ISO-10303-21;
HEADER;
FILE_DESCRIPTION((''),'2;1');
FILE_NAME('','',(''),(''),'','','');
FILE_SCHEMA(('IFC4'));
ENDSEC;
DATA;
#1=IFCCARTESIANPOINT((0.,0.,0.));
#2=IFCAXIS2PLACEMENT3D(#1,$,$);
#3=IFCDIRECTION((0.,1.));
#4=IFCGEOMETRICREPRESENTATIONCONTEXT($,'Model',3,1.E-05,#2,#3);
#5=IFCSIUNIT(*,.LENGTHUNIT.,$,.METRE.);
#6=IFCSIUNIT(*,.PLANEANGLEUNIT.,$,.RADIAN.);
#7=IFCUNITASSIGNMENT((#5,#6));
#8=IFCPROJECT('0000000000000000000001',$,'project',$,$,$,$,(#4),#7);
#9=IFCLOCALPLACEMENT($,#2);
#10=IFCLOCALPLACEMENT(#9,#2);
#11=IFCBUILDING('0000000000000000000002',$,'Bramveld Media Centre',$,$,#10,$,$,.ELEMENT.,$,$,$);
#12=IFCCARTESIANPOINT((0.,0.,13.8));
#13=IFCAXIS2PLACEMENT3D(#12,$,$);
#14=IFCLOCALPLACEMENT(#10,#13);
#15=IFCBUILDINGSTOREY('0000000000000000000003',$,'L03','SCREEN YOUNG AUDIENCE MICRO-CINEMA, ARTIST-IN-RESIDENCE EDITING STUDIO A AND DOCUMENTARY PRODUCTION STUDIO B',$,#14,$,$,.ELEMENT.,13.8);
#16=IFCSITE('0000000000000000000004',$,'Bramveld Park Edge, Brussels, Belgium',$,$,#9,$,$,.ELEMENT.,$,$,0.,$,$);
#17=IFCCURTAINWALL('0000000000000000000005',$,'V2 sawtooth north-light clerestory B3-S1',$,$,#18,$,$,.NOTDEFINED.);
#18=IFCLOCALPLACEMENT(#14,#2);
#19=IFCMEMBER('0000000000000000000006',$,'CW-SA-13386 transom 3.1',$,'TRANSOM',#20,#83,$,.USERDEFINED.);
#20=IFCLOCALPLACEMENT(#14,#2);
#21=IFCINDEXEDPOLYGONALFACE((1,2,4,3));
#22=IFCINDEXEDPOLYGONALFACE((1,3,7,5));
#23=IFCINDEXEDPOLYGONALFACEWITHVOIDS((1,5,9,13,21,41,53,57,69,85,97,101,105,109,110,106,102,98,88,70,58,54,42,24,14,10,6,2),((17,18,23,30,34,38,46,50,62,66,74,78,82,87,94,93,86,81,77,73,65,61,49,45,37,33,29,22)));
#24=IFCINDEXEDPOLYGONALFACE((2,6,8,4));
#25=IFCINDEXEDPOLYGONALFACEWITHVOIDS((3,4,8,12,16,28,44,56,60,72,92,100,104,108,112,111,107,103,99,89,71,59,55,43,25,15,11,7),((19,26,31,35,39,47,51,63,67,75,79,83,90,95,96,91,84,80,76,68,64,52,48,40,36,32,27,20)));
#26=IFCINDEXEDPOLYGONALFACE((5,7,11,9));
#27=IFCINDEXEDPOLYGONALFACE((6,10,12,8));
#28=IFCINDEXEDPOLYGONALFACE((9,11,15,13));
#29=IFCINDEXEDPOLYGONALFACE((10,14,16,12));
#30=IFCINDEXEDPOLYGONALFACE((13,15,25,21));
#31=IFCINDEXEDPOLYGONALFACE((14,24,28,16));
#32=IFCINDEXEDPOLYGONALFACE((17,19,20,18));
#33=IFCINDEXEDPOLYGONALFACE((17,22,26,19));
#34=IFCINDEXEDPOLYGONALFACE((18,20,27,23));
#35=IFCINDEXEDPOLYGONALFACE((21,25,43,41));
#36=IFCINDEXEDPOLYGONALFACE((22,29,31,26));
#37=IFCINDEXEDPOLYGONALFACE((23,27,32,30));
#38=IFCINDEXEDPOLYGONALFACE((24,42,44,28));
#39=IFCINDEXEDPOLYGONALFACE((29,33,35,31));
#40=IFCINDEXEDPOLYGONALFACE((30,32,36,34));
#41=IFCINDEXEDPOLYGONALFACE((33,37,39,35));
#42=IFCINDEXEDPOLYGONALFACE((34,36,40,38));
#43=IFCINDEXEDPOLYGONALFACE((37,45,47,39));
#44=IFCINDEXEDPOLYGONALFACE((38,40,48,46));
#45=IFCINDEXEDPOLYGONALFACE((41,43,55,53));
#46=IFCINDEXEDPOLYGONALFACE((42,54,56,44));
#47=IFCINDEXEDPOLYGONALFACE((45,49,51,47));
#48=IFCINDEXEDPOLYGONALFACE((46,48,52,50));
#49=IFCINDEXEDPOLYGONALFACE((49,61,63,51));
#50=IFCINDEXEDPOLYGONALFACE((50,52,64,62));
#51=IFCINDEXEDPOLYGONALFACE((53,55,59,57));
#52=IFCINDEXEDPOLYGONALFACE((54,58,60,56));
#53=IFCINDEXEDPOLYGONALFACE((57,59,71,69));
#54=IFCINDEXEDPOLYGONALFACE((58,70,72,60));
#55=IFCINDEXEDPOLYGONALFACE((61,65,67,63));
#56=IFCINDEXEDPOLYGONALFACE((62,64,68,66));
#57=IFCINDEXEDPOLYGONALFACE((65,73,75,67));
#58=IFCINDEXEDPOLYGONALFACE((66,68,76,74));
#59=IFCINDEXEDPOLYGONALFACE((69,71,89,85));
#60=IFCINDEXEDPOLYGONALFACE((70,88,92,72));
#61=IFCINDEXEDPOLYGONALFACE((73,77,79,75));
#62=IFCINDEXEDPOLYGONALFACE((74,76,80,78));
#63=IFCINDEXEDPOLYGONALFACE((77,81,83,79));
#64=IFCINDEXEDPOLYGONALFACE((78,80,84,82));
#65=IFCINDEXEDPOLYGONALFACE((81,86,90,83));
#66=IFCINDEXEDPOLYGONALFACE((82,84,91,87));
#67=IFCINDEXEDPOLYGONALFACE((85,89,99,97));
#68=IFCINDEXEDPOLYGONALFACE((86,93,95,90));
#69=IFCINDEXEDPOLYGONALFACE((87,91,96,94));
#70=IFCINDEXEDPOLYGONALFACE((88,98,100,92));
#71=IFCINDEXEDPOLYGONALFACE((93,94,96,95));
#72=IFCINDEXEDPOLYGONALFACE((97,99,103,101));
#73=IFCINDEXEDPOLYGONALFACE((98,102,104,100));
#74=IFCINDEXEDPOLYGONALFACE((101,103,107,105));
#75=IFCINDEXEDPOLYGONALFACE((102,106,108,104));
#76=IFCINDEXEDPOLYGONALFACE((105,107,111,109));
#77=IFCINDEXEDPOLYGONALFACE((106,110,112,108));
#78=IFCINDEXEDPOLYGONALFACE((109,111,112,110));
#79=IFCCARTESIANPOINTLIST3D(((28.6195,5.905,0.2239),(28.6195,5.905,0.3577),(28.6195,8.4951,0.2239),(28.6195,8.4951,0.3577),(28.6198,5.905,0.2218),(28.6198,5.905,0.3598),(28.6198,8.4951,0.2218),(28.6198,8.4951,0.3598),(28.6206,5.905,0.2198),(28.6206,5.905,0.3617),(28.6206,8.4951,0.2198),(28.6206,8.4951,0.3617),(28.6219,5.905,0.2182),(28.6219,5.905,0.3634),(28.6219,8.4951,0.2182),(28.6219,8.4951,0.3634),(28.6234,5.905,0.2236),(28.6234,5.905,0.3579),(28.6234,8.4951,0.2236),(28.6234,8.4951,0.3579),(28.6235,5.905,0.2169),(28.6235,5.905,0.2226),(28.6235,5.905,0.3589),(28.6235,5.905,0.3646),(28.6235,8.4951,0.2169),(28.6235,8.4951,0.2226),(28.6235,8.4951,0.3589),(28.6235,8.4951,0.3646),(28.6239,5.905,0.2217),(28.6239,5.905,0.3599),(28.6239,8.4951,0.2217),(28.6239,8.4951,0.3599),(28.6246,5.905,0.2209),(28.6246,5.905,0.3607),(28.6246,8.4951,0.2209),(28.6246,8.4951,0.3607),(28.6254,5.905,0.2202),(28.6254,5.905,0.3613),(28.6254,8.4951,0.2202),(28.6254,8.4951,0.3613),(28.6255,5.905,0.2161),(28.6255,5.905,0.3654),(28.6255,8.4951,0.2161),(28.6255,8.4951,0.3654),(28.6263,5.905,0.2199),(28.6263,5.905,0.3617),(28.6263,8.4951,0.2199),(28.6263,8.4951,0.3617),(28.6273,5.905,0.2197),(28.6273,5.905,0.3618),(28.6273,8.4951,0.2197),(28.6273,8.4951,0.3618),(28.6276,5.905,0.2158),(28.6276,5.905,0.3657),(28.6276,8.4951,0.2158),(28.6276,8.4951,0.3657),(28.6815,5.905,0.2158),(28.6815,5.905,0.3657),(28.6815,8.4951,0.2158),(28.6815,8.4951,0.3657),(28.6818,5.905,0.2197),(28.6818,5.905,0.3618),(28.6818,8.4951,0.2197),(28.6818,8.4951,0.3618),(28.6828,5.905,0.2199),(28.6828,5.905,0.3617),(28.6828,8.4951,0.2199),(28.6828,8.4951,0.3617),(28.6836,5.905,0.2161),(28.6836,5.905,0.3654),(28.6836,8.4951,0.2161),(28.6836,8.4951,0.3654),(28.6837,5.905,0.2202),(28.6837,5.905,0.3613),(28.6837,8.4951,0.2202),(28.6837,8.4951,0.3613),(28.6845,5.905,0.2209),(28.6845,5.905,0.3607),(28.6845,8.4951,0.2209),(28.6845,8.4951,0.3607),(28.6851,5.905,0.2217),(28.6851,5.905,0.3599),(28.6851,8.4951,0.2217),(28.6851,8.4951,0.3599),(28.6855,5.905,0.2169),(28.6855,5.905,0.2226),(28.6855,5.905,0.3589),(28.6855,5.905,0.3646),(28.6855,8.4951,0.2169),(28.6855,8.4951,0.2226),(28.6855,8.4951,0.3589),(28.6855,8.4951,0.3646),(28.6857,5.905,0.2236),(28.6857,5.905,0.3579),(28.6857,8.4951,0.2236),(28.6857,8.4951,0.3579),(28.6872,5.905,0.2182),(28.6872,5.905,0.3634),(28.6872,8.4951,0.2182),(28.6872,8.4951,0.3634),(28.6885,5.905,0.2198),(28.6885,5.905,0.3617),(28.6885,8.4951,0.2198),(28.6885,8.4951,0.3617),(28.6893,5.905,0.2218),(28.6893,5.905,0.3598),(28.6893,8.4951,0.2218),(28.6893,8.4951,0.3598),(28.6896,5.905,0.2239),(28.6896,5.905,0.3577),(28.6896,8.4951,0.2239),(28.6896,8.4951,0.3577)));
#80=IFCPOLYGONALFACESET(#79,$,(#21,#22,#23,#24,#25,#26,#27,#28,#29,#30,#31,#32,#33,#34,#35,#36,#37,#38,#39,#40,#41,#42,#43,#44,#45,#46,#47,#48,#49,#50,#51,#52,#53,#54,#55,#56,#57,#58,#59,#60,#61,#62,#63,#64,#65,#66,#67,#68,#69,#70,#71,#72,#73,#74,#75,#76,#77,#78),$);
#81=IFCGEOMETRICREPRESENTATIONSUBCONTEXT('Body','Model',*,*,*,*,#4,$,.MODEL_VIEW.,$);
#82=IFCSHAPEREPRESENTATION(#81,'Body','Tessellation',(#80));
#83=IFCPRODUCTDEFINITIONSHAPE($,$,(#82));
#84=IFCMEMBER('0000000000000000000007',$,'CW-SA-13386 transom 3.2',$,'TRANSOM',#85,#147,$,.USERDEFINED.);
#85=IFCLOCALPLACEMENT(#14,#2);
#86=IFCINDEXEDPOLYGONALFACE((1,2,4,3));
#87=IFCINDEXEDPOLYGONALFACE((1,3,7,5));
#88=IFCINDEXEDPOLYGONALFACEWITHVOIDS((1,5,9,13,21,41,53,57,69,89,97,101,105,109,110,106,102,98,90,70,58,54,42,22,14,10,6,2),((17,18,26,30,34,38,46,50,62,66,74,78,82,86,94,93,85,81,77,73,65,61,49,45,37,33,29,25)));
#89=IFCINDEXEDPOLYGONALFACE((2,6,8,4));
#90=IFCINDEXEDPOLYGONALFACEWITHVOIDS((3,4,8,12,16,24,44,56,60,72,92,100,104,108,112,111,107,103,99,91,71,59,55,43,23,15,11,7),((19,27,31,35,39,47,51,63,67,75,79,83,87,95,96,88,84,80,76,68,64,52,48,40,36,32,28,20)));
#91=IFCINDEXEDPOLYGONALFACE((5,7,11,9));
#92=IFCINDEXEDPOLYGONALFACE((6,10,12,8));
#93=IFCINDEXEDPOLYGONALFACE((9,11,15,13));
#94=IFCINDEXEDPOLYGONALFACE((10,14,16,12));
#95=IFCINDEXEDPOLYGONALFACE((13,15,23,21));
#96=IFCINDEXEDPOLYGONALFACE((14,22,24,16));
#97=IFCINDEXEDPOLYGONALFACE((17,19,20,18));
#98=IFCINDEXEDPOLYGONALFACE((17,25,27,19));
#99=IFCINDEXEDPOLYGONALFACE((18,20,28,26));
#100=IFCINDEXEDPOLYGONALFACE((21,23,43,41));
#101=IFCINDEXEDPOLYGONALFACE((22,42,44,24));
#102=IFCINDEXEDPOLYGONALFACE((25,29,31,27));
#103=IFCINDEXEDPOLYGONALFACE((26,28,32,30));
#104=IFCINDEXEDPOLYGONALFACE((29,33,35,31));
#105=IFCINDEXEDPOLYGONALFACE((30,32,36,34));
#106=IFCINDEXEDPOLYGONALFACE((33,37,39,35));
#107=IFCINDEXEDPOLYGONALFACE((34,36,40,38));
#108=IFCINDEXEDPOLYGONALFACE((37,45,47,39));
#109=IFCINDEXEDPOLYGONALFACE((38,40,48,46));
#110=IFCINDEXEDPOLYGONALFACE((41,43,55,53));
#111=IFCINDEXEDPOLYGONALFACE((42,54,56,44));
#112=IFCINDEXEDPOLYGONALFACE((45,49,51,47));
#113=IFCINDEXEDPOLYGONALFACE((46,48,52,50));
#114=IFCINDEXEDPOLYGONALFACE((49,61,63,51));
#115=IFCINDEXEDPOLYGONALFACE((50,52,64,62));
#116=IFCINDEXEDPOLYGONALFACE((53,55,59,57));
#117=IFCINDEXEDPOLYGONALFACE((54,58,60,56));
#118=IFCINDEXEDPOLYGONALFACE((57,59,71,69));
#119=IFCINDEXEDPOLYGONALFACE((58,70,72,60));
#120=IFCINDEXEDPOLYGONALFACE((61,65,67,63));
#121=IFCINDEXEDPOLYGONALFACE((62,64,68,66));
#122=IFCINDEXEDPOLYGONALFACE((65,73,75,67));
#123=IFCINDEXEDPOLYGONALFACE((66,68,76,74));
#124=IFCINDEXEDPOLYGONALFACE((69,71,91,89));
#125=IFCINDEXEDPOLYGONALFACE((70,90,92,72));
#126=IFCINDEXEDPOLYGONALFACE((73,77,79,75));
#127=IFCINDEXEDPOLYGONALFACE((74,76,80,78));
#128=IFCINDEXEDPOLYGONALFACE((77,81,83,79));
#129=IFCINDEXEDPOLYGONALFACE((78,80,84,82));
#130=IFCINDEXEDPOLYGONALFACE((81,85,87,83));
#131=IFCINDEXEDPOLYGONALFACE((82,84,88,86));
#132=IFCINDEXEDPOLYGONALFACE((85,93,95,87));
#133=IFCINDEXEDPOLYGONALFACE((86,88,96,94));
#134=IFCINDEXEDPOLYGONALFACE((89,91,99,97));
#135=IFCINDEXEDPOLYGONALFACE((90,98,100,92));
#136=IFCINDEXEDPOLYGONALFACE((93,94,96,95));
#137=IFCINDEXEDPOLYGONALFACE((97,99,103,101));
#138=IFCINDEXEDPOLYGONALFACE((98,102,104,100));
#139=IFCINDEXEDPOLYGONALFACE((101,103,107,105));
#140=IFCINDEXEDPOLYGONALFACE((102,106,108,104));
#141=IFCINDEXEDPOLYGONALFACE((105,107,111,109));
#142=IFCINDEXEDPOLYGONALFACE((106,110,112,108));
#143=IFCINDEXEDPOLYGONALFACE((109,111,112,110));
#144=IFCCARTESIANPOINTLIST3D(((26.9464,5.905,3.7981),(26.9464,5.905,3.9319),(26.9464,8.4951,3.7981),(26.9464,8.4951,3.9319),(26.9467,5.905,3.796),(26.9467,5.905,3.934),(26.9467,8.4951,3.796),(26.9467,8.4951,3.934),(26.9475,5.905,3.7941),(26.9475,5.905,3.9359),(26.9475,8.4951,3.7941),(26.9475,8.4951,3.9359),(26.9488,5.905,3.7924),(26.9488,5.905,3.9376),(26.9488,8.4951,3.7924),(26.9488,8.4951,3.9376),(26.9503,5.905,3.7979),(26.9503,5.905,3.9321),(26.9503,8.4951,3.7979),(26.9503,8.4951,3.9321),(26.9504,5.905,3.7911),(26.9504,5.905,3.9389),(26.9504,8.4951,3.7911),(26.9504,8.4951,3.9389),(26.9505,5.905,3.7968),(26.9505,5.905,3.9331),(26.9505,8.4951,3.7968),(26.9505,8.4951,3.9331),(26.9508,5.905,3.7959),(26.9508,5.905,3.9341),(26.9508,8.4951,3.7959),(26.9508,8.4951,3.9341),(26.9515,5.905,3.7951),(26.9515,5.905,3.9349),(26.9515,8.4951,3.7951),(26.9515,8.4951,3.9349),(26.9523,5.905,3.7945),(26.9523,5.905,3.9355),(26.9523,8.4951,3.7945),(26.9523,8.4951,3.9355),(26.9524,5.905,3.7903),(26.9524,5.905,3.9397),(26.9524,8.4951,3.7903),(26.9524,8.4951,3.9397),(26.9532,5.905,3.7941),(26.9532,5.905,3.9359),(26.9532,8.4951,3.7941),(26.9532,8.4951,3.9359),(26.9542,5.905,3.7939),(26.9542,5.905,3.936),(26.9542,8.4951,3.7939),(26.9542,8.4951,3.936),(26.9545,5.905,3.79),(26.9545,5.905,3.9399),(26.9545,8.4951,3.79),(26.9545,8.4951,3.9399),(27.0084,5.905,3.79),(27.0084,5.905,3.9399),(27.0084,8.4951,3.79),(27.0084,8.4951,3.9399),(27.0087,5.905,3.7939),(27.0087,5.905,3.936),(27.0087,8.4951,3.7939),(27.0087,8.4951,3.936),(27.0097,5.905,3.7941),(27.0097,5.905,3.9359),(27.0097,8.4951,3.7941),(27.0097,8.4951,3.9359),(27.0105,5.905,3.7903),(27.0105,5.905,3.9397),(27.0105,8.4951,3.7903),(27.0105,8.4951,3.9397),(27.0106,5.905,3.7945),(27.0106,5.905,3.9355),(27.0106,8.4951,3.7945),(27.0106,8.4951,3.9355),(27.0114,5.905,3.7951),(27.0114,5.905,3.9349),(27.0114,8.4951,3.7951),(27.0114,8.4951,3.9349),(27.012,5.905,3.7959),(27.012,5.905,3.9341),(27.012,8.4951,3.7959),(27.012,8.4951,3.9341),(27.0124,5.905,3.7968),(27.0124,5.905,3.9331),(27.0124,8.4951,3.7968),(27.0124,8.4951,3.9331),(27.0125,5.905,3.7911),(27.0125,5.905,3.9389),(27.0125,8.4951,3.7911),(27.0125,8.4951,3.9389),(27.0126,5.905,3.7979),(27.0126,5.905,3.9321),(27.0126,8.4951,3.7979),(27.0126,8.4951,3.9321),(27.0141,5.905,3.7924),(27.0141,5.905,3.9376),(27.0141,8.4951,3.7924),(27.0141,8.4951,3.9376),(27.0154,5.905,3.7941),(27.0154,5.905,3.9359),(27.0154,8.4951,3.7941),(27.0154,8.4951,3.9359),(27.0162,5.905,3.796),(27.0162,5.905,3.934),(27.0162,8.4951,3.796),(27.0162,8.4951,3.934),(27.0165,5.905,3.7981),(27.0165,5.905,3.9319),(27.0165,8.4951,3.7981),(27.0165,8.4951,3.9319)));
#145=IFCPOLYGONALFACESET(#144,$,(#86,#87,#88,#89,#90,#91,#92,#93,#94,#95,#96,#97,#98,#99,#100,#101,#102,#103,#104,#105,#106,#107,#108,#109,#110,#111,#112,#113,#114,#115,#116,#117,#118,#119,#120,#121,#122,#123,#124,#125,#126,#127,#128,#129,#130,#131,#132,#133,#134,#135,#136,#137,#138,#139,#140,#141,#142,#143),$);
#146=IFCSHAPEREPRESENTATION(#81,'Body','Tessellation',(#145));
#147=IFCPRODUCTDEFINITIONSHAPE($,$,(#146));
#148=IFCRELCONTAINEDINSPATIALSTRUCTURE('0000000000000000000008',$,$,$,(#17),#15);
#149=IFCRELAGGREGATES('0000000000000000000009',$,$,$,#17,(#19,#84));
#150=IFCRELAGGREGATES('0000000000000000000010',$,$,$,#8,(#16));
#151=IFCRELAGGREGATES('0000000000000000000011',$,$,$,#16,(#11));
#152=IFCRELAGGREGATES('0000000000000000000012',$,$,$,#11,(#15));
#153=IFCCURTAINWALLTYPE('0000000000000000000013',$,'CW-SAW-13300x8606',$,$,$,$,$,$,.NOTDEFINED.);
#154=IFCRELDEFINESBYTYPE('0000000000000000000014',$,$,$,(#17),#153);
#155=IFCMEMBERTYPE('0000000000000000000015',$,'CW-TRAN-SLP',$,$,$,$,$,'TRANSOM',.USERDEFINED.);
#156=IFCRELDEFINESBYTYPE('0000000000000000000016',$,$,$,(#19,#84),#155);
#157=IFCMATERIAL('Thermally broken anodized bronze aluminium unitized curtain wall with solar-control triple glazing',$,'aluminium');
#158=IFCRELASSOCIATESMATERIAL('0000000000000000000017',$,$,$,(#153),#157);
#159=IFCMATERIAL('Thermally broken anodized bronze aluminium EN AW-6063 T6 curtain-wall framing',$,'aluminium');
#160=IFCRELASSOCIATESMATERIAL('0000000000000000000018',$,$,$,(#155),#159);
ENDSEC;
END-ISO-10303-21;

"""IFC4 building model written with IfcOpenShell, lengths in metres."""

from ifc_helpers import new_model, si_unit, direction, frame, origin, origin_2d, place, context, subcontext, project, spatial, hollow_rectangle, extrude, material, material_profile, profile_set, type_object, element, aggregate, save


model = new_model("IFC4")

# Units and contexts
model_context = context("Model", 3, precision=1e-05, world=origin(), true_north=direction((0.0, 1.0)))
body_context = subcontext(model_context, "Body", "Model", "MODEL_VIEW")
ifc_project = project(units=[si_unit("LENGTHUNIT", "METRE"), si_unit("PLANEANGLEUNIT", "RADIAN")], contexts=[model_context])

# Site, building, storey
site_placement = place(None, origin())
site = spatial("IfcSite", under=ifc_project, at=site_placement, Name="Bramveld Park Edge, Brussels, Belgium", CompositionType="ELEMENT", RefElevation=0.0)
building_placement = place(site_placement, origin())
building = spatial("IfcBuilding", under=site, at=building_placement, Name="Bramveld Media Centre", CompositionType="ELEMENT")
storey_placement = place(building_placement, frame((0.0, 0.0, 13.8)))
storey = spatial("IfcBuildingStorey", under=building, at=storey_placement, Name="L03", Description="SCREEN YOUNG AUDIENCE MICRO-CINEMA, ARTIST-IN-RESIDENCE EDITING STUDIO A AND DOCUMENTARY PRODUCTION STUDIO B", CompositionType="ELEMENT", Elevation=13.8)

# Curtain wall, members
ifc_material_1 = material(Name="Thermally broken anodized bronze aluminium unitized curtain wall with solar-control triple glazing", Category="aluminium")
curtain_wall_type = type_object("IfcCurtainWallType", Name="CW-SAW-13300x8606", PredefinedType="NOTDEFINED", material=ifc_material_1)
curtain_wall_placement = place(storey_placement, origin())
curtain_wall = element("IfcCurtainWall", 1, at=curtain_wall_placement, inside=storey, type_object=curtain_wall_type, Name="V2 sawtooth north-light clerestory B3-S1", PredefinedType="NOTDEFINED")
ifc_material_2 = material(Name="Thermally broken anodized bronze aluminium EN AW-6063 T6 curtain-wall framing", Category="aluminium")
ifc_material_profile_1 = material_profile(ifc_material_2, hollow_rectangle(XDim=0.0701, YDim=0.1499, WallThickness=0.0039, InnerFilletRadius=0.0039, OuterFilletRadius=0.0081, at=origin_2d()), Name="AL-TRAN 70x150")
ifc_profile_set_1 = profile_set([ifc_material_profile_1], Name="Thermally broken anodized bronze aluminium EN AW-6063 T6 curtain-wall framing")
member_type = type_object("IfcMemberType", Name="CW-TRAN-SLP", ElementType="TRANSOM", PredefinedType="USERDEFINED", material=ifc_profile_set_1)
member_1_placement = place(storey_placement, frame((28.6545, 5.905, 0.2908), z_axis=(0.0, 1.0, 0.0), x_axis=(-1.0, 0.0, 0.0)))
member_1 = element("IfcMember", 2, at=member_1_placement, type_object=member_type, Name="CW-SA-13386 transom 3.1", ObjectType="TRANSOM", PredefinedType="USERDEFINED", context=body_context, shape_type="SweptSolid", body=[
    extrude(hollow_rectangle(XDim=0.0701, YDim=0.1499, WallThickness=0.0039, InnerFilletRadius=0.0039, OuterFilletRadius=0.0081, at=origin_2d()), origin(), (0.0, 0.0, 1.0), 2.5901),
])
member_2_placement = place(storey_placement, frame((26.9814, 5.905, 3.865), z_axis=(0.0, 1.0, 0.0), x_axis=(-1.0, 0.0, 0.0)))
member_2 = element("IfcMember", 3, at=member_2_placement, type_object=member_type, Name="CW-SA-13386 transom 3.2", ObjectType="TRANSOM", PredefinedType="USERDEFINED", context=body_context, shape_type="SweptSolid", body=[
    extrude(hollow_rectangle(XDim=0.0701, YDim=0.1499, WallThickness=0.0039, InnerFilletRadius=0.0039, OuterFilletRadius=0.0081, at=origin_2d()), origin(), (0.0, 0.0, 1.0), 2.5901),
])

aggregate(curtain_wall, [member_1, member_2])

save(model, "model.ifc")
